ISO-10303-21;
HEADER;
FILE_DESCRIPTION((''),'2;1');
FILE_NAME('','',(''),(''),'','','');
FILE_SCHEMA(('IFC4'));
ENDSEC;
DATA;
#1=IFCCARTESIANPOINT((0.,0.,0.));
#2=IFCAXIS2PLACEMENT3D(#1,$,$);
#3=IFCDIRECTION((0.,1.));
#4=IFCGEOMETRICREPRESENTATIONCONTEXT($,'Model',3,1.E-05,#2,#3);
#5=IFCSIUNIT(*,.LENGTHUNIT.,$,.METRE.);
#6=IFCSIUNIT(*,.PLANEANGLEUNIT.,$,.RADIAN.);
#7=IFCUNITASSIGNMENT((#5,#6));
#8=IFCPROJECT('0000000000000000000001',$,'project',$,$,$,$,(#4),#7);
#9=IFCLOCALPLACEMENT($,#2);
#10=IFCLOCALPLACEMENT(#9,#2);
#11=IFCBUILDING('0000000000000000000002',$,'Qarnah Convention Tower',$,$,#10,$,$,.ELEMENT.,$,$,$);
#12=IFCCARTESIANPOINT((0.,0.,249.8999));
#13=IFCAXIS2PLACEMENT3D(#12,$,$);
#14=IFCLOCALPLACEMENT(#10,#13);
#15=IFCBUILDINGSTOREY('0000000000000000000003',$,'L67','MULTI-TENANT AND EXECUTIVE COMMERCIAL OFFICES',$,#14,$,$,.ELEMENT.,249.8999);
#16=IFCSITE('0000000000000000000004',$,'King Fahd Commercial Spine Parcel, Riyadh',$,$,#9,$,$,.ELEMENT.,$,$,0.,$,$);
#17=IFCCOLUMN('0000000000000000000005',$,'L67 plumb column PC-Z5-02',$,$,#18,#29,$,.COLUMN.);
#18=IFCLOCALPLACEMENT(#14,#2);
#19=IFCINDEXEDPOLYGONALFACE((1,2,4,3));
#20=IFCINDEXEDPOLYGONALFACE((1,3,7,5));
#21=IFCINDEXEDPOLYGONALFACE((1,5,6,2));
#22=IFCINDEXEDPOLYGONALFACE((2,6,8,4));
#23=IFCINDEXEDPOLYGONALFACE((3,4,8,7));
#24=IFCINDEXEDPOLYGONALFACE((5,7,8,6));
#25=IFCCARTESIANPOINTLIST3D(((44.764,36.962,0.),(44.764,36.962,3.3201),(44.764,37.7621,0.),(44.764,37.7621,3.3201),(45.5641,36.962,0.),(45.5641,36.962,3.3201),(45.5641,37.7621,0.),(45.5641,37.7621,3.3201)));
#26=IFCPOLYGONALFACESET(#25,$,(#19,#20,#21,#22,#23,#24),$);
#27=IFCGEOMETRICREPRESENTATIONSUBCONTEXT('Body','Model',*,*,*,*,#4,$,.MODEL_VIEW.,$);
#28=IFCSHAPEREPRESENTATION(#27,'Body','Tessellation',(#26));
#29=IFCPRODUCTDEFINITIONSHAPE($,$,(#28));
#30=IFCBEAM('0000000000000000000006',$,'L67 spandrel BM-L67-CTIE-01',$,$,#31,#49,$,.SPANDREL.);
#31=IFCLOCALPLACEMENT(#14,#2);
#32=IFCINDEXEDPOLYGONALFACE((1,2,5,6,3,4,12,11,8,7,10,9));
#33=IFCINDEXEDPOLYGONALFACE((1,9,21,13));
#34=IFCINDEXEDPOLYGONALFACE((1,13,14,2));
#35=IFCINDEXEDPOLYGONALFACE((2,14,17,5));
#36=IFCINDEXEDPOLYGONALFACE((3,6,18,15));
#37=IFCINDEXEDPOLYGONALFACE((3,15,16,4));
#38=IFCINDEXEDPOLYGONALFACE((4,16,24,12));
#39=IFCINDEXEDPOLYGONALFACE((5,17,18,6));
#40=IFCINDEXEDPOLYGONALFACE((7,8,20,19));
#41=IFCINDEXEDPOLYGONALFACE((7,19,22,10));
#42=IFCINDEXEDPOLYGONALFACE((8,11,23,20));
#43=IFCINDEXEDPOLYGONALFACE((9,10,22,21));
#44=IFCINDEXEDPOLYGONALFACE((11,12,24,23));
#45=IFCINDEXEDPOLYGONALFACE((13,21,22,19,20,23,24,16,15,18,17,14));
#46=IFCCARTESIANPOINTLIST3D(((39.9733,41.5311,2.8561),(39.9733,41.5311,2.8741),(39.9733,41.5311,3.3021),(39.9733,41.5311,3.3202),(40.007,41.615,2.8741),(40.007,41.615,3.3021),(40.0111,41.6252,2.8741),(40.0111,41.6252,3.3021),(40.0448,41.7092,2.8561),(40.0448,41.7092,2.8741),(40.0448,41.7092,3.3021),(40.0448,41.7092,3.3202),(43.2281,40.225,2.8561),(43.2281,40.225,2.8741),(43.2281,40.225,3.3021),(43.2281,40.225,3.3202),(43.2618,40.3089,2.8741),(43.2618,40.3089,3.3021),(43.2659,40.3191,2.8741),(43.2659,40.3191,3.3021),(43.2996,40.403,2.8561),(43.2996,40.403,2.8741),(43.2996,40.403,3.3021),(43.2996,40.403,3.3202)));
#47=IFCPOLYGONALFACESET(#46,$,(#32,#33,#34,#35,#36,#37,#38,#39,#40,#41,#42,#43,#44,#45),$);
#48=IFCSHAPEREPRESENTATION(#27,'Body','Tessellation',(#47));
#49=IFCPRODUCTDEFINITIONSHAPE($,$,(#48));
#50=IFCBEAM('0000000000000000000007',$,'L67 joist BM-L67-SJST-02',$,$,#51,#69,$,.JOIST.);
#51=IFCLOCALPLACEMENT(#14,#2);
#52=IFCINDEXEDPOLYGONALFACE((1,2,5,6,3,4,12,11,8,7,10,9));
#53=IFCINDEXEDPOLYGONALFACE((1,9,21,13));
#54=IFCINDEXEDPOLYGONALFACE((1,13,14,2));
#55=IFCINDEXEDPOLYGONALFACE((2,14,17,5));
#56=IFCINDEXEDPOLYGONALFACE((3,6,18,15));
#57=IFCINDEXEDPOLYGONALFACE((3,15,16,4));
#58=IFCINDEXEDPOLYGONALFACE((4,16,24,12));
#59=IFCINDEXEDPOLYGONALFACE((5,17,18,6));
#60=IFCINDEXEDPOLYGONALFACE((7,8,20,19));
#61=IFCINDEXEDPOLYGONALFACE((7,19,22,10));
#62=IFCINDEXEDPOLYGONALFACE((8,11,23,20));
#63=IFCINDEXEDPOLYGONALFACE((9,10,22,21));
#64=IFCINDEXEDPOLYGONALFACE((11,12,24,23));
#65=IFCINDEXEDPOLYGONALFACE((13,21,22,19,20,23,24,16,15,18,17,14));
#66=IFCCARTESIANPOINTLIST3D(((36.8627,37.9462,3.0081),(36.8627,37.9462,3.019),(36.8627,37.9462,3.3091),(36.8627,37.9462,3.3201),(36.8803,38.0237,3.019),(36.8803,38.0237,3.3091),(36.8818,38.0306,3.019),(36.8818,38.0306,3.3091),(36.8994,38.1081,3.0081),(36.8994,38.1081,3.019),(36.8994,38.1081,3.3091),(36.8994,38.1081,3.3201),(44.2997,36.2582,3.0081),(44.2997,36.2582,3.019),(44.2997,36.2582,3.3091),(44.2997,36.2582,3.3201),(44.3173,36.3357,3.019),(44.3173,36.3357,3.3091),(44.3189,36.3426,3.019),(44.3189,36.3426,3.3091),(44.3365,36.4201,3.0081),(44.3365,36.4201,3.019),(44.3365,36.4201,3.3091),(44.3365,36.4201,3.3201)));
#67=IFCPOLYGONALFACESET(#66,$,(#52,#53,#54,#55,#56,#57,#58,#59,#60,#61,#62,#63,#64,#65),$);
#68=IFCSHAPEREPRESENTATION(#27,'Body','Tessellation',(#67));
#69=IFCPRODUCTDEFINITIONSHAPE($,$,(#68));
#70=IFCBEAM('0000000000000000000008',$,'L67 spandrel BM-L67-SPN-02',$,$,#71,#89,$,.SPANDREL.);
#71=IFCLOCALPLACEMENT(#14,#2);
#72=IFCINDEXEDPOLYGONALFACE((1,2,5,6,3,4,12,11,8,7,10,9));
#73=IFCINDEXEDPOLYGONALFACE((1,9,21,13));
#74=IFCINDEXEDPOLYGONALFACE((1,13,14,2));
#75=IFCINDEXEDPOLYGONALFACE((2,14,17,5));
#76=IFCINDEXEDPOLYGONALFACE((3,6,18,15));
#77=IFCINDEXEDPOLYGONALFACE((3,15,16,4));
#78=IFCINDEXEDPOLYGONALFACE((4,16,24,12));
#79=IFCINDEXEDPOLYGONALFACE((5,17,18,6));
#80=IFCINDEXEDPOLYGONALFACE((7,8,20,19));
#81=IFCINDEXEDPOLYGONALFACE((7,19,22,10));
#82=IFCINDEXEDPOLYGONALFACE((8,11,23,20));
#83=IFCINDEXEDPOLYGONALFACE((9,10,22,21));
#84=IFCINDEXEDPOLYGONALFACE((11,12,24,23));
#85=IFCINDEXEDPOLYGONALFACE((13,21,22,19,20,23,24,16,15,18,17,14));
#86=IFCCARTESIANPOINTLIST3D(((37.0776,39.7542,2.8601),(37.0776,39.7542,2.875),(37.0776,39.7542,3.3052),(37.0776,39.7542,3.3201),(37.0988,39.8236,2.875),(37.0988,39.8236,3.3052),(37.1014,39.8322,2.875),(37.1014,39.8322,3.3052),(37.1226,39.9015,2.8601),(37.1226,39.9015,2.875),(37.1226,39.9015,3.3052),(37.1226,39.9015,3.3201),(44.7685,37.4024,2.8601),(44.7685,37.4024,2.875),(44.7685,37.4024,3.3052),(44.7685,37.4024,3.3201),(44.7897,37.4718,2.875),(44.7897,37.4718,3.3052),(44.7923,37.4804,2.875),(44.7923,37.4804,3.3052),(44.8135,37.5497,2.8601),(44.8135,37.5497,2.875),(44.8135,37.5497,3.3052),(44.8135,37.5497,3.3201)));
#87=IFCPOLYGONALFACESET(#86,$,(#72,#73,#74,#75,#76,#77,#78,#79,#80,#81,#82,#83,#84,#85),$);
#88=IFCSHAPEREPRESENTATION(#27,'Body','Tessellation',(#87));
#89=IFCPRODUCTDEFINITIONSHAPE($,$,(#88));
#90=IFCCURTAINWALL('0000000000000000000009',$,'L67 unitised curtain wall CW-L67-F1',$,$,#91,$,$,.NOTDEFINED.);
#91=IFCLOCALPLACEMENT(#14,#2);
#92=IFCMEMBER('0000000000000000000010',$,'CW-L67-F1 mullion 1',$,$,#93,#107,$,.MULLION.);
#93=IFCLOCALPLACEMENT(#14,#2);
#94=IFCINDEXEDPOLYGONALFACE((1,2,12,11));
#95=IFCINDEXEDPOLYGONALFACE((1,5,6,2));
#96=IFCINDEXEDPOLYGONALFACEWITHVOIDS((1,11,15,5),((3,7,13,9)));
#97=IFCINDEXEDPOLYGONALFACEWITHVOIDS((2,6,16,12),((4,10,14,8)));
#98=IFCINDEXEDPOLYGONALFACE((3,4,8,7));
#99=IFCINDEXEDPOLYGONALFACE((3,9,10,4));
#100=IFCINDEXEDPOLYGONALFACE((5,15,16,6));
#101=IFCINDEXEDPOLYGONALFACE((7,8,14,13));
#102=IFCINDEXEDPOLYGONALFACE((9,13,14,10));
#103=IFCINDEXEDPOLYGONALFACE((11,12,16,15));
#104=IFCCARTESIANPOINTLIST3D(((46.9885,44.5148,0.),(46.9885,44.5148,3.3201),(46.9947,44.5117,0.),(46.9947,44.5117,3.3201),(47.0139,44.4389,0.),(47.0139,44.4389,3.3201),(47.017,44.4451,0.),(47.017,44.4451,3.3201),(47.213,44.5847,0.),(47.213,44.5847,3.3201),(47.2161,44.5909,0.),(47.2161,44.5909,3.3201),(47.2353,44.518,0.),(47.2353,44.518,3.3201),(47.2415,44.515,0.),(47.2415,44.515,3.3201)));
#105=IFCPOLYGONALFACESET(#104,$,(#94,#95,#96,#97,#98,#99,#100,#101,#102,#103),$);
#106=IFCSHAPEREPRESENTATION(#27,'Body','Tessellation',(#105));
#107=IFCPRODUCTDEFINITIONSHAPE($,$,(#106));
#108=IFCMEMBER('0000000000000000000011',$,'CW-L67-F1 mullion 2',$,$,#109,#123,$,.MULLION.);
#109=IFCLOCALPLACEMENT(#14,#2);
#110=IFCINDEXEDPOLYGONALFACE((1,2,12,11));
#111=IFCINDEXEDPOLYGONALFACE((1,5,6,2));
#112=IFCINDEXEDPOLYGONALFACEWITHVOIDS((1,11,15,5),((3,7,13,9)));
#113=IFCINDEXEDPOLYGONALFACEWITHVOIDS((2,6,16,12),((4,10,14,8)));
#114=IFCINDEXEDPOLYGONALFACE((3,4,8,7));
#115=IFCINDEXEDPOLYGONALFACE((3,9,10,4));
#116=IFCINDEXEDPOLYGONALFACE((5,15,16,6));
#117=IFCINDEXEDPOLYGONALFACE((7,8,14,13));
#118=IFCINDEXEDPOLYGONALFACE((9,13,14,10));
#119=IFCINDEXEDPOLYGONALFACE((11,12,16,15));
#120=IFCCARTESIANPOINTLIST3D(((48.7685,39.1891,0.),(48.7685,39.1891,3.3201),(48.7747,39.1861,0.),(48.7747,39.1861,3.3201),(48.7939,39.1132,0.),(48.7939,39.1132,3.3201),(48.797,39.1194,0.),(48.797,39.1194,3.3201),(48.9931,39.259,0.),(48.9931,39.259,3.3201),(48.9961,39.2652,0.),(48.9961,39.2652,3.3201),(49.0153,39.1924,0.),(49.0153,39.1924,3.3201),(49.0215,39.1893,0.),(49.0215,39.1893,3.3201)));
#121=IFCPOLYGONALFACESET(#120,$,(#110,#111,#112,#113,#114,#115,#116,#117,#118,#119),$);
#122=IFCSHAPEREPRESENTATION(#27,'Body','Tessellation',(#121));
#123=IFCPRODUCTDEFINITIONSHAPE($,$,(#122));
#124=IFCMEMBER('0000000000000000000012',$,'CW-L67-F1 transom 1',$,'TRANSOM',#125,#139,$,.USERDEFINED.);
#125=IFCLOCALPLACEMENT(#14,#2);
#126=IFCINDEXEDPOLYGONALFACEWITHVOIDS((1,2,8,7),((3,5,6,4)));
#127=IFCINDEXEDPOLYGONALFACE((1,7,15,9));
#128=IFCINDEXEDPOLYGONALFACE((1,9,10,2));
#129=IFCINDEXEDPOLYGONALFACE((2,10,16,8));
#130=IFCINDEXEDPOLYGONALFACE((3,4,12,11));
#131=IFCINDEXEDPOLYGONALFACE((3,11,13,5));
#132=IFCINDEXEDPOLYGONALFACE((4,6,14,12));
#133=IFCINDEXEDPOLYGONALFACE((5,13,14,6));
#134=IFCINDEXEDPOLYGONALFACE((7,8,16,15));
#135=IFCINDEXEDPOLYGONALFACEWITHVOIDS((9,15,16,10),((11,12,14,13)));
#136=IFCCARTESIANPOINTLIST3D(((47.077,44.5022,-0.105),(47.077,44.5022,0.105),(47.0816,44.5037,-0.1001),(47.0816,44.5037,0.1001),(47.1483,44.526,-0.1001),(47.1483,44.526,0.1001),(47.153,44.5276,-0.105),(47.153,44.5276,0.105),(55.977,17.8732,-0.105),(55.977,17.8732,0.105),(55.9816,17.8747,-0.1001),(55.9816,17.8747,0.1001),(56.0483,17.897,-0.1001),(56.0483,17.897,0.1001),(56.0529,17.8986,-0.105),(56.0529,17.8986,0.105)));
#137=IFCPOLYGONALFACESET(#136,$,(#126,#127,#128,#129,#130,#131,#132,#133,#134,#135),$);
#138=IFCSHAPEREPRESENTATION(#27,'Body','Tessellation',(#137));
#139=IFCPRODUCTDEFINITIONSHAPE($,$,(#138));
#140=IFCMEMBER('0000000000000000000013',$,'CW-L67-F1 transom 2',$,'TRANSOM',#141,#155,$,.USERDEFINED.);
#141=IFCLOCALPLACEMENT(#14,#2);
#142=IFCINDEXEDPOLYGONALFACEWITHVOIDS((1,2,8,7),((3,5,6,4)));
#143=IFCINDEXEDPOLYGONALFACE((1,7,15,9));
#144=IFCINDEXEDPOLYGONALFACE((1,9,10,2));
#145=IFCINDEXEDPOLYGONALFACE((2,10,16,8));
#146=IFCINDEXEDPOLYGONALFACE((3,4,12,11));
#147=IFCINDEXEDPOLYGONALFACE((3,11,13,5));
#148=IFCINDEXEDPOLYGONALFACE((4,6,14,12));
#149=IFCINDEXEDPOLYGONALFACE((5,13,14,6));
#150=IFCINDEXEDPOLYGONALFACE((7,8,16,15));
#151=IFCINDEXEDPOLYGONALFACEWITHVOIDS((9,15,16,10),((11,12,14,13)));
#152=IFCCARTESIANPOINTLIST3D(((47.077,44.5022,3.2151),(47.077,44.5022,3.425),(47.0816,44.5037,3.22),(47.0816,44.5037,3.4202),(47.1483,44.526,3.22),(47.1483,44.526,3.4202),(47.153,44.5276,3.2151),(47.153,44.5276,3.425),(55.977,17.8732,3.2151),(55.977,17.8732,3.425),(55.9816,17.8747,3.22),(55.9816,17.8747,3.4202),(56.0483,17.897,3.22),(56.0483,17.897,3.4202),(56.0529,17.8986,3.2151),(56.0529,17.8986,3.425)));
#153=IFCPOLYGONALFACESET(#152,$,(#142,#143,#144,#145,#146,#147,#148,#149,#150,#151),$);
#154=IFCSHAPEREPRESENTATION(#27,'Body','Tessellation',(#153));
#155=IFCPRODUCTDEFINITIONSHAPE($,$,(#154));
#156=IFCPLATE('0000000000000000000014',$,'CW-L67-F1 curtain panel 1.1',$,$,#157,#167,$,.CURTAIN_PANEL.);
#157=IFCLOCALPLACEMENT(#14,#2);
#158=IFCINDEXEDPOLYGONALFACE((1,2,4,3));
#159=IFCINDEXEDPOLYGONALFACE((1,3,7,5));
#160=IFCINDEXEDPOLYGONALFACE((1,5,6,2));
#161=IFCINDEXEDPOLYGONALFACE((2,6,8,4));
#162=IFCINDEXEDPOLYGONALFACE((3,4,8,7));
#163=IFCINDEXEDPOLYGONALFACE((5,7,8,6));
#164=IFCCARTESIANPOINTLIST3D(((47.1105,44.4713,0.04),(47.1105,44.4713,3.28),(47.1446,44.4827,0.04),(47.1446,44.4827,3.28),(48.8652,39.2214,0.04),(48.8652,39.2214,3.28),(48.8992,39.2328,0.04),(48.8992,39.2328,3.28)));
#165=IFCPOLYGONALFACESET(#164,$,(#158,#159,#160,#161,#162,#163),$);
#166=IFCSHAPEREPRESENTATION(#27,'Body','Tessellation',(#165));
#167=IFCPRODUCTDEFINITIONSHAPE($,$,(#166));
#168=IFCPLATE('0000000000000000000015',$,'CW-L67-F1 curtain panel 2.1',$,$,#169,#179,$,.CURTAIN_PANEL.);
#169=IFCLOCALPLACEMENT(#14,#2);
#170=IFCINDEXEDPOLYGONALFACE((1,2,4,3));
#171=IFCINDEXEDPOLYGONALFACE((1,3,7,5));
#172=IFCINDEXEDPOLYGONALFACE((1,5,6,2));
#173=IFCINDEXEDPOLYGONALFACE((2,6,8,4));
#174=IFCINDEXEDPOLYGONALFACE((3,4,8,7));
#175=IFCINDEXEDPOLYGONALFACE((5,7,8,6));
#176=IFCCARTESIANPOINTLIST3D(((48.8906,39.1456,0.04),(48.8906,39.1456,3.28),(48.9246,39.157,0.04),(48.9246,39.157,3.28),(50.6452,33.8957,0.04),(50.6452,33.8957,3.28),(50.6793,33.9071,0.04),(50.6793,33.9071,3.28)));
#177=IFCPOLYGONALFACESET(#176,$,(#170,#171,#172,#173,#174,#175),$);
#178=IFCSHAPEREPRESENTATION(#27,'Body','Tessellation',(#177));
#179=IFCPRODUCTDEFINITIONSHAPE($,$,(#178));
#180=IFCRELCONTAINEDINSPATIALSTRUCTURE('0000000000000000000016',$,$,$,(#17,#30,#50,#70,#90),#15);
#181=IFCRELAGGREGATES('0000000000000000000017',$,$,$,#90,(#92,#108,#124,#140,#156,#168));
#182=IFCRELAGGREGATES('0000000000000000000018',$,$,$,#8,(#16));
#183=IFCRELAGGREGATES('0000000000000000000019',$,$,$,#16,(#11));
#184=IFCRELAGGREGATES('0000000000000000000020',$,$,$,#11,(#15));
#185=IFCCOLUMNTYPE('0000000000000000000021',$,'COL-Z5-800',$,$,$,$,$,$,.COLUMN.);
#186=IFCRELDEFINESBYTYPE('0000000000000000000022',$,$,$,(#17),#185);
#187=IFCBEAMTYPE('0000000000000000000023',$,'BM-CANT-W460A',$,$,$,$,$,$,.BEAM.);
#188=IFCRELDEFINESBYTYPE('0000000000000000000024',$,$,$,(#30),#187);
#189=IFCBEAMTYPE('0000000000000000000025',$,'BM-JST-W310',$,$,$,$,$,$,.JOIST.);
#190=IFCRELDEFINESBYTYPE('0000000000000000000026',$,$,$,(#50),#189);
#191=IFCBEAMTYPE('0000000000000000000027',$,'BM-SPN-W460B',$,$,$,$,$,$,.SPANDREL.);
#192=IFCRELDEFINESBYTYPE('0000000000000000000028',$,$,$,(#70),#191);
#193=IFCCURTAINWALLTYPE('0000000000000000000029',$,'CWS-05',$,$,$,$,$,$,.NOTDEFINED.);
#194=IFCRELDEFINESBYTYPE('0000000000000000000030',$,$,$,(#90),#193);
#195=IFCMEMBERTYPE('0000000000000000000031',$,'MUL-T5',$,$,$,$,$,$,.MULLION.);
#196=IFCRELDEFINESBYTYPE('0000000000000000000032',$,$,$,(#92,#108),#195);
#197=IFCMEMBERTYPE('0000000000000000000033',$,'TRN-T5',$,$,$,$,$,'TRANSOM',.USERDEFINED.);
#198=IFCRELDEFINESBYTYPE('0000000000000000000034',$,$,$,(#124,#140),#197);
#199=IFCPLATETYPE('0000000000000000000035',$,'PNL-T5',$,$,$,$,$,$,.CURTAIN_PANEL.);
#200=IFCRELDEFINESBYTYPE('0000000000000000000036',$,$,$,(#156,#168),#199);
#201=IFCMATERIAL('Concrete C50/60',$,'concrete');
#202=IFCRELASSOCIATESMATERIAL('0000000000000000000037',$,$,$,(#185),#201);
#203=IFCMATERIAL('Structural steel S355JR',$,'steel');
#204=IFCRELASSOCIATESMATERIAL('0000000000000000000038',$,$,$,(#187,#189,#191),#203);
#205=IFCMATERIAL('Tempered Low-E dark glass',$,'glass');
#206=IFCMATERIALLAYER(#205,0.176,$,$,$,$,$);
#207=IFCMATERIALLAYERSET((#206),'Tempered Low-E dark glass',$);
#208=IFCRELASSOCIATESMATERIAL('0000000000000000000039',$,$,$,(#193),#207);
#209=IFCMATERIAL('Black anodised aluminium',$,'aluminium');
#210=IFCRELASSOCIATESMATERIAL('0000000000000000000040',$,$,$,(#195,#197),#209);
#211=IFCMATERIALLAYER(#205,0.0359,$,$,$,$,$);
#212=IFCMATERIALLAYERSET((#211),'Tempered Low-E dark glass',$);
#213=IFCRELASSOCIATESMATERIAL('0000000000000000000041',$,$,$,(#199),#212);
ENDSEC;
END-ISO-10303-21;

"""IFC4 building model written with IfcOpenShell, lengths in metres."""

from ifc_helpers import new_model, si_unit, direction, frame, origin, origin_2d, place, context, subcontext, project, spatial, rectangle, hollow_rectangle, i_section, extrude, material, layer, layer_set, material_profile, profile_set, type_object, element, aggregate, save


model = new_model("IFC4")

# Units and contexts
model_context = context("Model", 3, precision=1e-05, world=origin(), true_north=direction((0.0, 1.0)))
body_context = subcontext(model_context, "Body", "Model", "MODEL_VIEW")
ifc_project = project(units=[si_unit("LENGTHUNIT", "METRE"), si_unit("PLANEANGLEUNIT", "RADIAN")], contexts=[model_context])

# Site, building, storey
site_placement = place(None, origin())
site = spatial("IfcSite", under=ifc_project, at=site_placement, Name="King Fahd Commercial Spine Parcel, Riyadh", CompositionType="ELEMENT", RefElevation=0.0)
building_placement = place(site_placement, origin())
building = spatial("IfcBuilding", under=site, at=building_placement, Name="Qarnah Convention Tower", CompositionType="ELEMENT")
storey_placement = place(building_placement, frame((0.0, 0.0, 249.8999)))
storey = spatial("IfcBuildingStorey", under=building, at=storey_placement, Name="L67", Description="MULTI-TENANT AND EXECUTIVE COMMERCIAL OFFICES", CompositionType="ELEMENT", Elevation=249.8999)

# Column
ifc_material_1 = material(Name="Concrete C50/60", Category="concrete")
ifc_material_profile_1 = material_profile(ifc_material_1, rectangle(XDim=0.8, YDim=0.8, at=origin_2d()), Name="RC-COL-800X800")
ifc_profile_set_1 = profile_set([ifc_material_profile_1], Name="Concrete C50/60")
column_type = type_object("IfcColumnType", Name="COL-Z5-800", PredefinedType="COLUMN", material=ifc_profile_set_1)
column_placement = place(storey_placement, frame((45.1641, 37.3621, 0.0), z_axis=(0.0, 0.0, 1.0), x_axis=(1.0, 0.0, 0.0)))
element("IfcColumn", 1, at=column_placement, inside=storey, type_object=column_type, Name="L67 plumb column PC-Z5-02", PredefinedType="COLUMN", context=body_context, shape_type="SweptSolid", body=[
    extrude(rectangle(XDim=0.8, YDim=0.8, at=origin_2d()), origin(), (0.0, 0.0, 1.0), 3.3201),
])

# Beams
ifc_material_2 = material(Name="Structural steel S355JR", Category="steel")
ifc_material_profile_2 = material_profile(ifc_material_2, i_section(OverallWidth=0.1919, OverallDepth=0.4641, WebThickness=0.011, FlangeThickness=0.0181, at=origin_2d()), Name="W460X89")
ifc_profile_set_2 = profile_set([ifc_material_profile_2], Name="Structural steel S355JR")
beam_type_1 = type_object("IfcBeamType", Name="BM-CANT-W460A", PredefinedType="BEAM", material=ifc_profile_set_2)
beam_1_placement = place(storey_placement, frame((40.009, 41.6201, 3.0881), z_axis=(0.928063, -0.372423, 0.0), x_axis=(0.372423, 0.928063, 0.0)))
element("IfcBeam", 2, at=beam_1_placement, inside=storey, type_object=beam_type_1, Name="L67 spandrel BM-L67-CTIE-01", PredefinedType="SPANDREL", context=body_context, shape_type="SweptSolid", body=[
    extrude(i_section(OverallWidth=0.1919, OverallDepth=0.4641, WebThickness=0.011, FlangeThickness=0.0181, at=origin_2d()), origin(), (0.0, 0.0, 1.0), 3.5071),
])
ifc_material_profile_3 = material_profile(ifc_material_2, i_section(OverallWidth=0.166, OverallDepth=0.312, WebThickness=0.0071, FlangeThickness=0.011, at=origin_2d()), Name="W310X45")
ifc_profile_set_3 = profile_set([ifc_material_profile_3], Name="Structural steel S355JR")
beam_type_2 = type_object("IfcBeamType", Name="BM-JST-W310", PredefinedType="JOIST", material=ifc_profile_set_3)
beam_2_placement = place(storey_placement, frame((44.3181, 36.3391, 3.1641), z_axis=(-0.975196, 0.221342, 0.0), x_axis=(-0.221342, -0.975196, 0.0)))
element("IfcBeam", 3, at=beam_2_placement, inside=storey, type_object=beam_type_2, Name="L67 joist BM-L67-SJST-02", PredefinedType="JOIST", context=body_context, shape_type="SweptSolid", body=[
    extrude(i_section(OverallWidth=0.166, OverallDepth=0.312, WebThickness=0.0071, FlangeThickness=0.011, at=origin_2d()), origin(), (0.0, 0.0, 1.0), 7.6262),
])
ifc_material_profile_4 = material_profile(ifc_material_2, i_section(OverallWidth=0.1541, OverallDepth=0.46, WebThickness=0.009, FlangeThickness=0.0149, at=origin_2d()), Name="W460X68")
ifc_profile_set_4 = profile_set([ifc_material_profile_4], Name="Structural steel S355JR")
beam_type_3 = type_object("IfcBeamType", Name="BM-SPN-W460B", PredefinedType="SPANDREL", material=ifc_profile_set_4)
beam_3_placement = place(storey_placement, frame((44.791, 37.4761, 3.0901), z_axis=(-0.956289, 0.292424, 0.0), x_axis=(-0.292424, -0.956289, 0.0)))
element("IfcBeam", 4, at=beam_3_placement, inside=storey, type_object=beam_type_3, Name="L67 spandrel BM-L67-SPN-02", PredefinedType="SPANDREL", context=body_context, shape_type="SweptSolid", body=[
    extrude(i_section(OverallWidth=0.1541, OverallDepth=0.46, WebThickness=0.009, FlangeThickness=0.0149, at=origin_2d()), origin(), (0.0, 0.0, 1.0), 8.0425),
])

# Curtain wall, members, plates
ifc_material_3 = material(Name="Tempered Low-E dark glass", Category="glass")
ifc_layer_1 = layer(ifc_material_3, 0.176)
ifc_layer_set_1 = layer_set([ifc_layer_1], Name="Tempered Low-E dark glass")
curtain_wall_type = type_object("IfcCurtainWallType", Name="CWS-05", PredefinedType="NOTDEFINED", material=ifc_layer_set_1)
curtain_wall_placement = place(storey_placement, origin())
curtain_wall = element("IfcCurtainWall", 5, at=curtain_wall_placement, inside=storey, type_object=curtain_wall_type, Name="L67 unitised curtain wall CW-L67-F1", PredefinedType="NOTDEFINED")
ifc_material_4 = material(Name="Black anodised aluminium", Category="aluminium")
ifc_material_profile_5 = material_profile(ifc_material_4, hollow_rectangle(XDim=0.0801, YDim=0.24, WallThickness=0.0049, at=origin_2d()), Name="MUL-80X240")
ifc_profile_set_5 = profile_set([ifc_material_profile_5], Name="Black anodised aluminium")
member_type_1 = type_object("IfcMemberType", Name="MUL-T5", PredefinedType="MULLION", material=ifc_profile_set_5)
member_1_placement = place(storey_placement, frame((47.115, 44.5149, 0.0), z_axis=(0.0, 0.0, 1.0), x_axis=(0.316986, -0.94843, 0.0)))
member_1 = element("IfcMember", 6, at=member_1_placement, type_object=member_type_1, Name="CW-L67-F1 mullion 1", PredefinedType="MULLION", context=body_context, shape_type="SweptSolid", body=[
    extrude(hollow_rectangle(XDim=0.0801, YDim=0.24, WallThickness=0.0049, at=origin_2d()), origin(), (0.0, 0.0, 1.0), 3.3201),
])
member_2_placement = place(storey_placement, frame((48.895, 39.1892, 0.0), z_axis=(0.0, 0.0, 1.0), x_axis=(0.316986, -0.94843, 0.0)))
member_2 = element("IfcMember", 7, at=member_2_placement, type_object=member_type_1, Name="CW-L67-F1 mullion 2", PredefinedType="MULLION", context=body_context, shape_type="SweptSolid", body=[
    extrude(hollow_rectangle(XDim=0.0801, YDim=0.24, WallThickness=0.0049, at=origin_2d()), origin(), (0.0, 0.0, 1.0), 3.3201),
])
ifc_material_profile_6 = material_profile(ifc_material_4, hollow_rectangle(XDim=0.0801, YDim=0.21, WallThickness=0.0049, at=origin_2d()), Name="TRN-80X210")
ifc_profile_set_6 = profile_set([ifc_material_profile_6], Name="Black anodised aluminium")
member_type_2 = type_object("IfcMemberType", Name="TRN-T5", ElementType="TRANSOM", PredefinedType="USERDEFINED", material=ifc_profile_set_6)
member_3_placement = place(storey_placement, frame((47.115, 44.5149, 0.0), z_axis=(0.316984, -0.948431, 0.0), x_axis=(0.948431, 0.316984, 0.0)))
member_3 = element("IfcMember", 8, at=member_3_placement, type_object=member_type_2, Name="CW-L67-F1 transom 1", ObjectType="TRANSOM", PredefinedType="USERDEFINED", context=body_context, shape_type="SweptSolid", body=[
    extrude(hollow_rectangle(XDim=0.0801, YDim=0.21, WallThickness=0.0049, at=origin_2d()), origin(), (0.0, 0.0, 1.0), 28.0769),
])
member_4_placement = place(storey_placement, frame((47.115, 44.5149, 3.3201), z_axis=(0.316984, -0.948431, 0.0), x_axis=(0.948431, 0.316984, 0.0)))
member_4 = element("IfcMember", 9, at=member_4_placement, type_object=member_type_2, Name="CW-L67-F1 transom 2", ObjectType="TRANSOM", PredefinedType="USERDEFINED", context=body_context, shape_type="SweptSolid", body=[
    extrude(hollow_rectangle(XDim=0.0801, YDim=0.21, WallThickness=0.0049, at=origin_2d()), origin(), (0.0, 0.0, 1.0), 28.0769),
])
ifc_layer_2 = layer(ifc_material_3, 0.0359)
ifc_layer_set_2 = layer_set([ifc_layer_2], Name="Tempered Low-E dark glass")
plate_type_1 = type_object("IfcPlateType", Name="PNL-T5", PredefinedType="CURTAIN_PANEL", material=ifc_layer_set_2)
plate_1_placement = place(storey_placement, frame((48.0049, 41.8521, 0.04), z_axis=(0.0, 0.0, 1.0), x_axis=(0.316986, -0.94843, 0.0)))
plate_1 = element("IfcPlate", 10, at=plate_1_placement, type_object=plate_type_1, Name="CW-L67-F1 curtain panel 1.1", PredefinedType="CURTAIN_PANEL", context=body_context, shape_type="SweptSolid", body=[
    extrude(rectangle(XDim=5.5354, YDim=0.0359, at=origin_2d()), origin(), (0.0, 0.0, 1.0), 3.24),
])
plate_2_placement = place(storey_placement, frame((49.7849, 36.5264, 0.04), z_axis=(0.0, 0.0, 1.0), x_axis=(0.316986, -0.94843, 0.0)))
plate_2 = element("IfcPlate", 11, at=plate_2_placement, type_object=plate_type_1, Name="CW-L67-F1 curtain panel 2.1", PredefinedType="CURTAIN_PANEL", context=body_context, shape_type="SweptSolid", body=[
    extrude(rectangle(XDim=5.5354, YDim=0.0359, at=origin_2d()), origin(), (0.0, 0.0, 1.0), 3.24),
])
aggregate(curtain_wall, [member_1, member_2, member_3, member_4, plate_1, plate_2])

save(model, "model.ifc")
